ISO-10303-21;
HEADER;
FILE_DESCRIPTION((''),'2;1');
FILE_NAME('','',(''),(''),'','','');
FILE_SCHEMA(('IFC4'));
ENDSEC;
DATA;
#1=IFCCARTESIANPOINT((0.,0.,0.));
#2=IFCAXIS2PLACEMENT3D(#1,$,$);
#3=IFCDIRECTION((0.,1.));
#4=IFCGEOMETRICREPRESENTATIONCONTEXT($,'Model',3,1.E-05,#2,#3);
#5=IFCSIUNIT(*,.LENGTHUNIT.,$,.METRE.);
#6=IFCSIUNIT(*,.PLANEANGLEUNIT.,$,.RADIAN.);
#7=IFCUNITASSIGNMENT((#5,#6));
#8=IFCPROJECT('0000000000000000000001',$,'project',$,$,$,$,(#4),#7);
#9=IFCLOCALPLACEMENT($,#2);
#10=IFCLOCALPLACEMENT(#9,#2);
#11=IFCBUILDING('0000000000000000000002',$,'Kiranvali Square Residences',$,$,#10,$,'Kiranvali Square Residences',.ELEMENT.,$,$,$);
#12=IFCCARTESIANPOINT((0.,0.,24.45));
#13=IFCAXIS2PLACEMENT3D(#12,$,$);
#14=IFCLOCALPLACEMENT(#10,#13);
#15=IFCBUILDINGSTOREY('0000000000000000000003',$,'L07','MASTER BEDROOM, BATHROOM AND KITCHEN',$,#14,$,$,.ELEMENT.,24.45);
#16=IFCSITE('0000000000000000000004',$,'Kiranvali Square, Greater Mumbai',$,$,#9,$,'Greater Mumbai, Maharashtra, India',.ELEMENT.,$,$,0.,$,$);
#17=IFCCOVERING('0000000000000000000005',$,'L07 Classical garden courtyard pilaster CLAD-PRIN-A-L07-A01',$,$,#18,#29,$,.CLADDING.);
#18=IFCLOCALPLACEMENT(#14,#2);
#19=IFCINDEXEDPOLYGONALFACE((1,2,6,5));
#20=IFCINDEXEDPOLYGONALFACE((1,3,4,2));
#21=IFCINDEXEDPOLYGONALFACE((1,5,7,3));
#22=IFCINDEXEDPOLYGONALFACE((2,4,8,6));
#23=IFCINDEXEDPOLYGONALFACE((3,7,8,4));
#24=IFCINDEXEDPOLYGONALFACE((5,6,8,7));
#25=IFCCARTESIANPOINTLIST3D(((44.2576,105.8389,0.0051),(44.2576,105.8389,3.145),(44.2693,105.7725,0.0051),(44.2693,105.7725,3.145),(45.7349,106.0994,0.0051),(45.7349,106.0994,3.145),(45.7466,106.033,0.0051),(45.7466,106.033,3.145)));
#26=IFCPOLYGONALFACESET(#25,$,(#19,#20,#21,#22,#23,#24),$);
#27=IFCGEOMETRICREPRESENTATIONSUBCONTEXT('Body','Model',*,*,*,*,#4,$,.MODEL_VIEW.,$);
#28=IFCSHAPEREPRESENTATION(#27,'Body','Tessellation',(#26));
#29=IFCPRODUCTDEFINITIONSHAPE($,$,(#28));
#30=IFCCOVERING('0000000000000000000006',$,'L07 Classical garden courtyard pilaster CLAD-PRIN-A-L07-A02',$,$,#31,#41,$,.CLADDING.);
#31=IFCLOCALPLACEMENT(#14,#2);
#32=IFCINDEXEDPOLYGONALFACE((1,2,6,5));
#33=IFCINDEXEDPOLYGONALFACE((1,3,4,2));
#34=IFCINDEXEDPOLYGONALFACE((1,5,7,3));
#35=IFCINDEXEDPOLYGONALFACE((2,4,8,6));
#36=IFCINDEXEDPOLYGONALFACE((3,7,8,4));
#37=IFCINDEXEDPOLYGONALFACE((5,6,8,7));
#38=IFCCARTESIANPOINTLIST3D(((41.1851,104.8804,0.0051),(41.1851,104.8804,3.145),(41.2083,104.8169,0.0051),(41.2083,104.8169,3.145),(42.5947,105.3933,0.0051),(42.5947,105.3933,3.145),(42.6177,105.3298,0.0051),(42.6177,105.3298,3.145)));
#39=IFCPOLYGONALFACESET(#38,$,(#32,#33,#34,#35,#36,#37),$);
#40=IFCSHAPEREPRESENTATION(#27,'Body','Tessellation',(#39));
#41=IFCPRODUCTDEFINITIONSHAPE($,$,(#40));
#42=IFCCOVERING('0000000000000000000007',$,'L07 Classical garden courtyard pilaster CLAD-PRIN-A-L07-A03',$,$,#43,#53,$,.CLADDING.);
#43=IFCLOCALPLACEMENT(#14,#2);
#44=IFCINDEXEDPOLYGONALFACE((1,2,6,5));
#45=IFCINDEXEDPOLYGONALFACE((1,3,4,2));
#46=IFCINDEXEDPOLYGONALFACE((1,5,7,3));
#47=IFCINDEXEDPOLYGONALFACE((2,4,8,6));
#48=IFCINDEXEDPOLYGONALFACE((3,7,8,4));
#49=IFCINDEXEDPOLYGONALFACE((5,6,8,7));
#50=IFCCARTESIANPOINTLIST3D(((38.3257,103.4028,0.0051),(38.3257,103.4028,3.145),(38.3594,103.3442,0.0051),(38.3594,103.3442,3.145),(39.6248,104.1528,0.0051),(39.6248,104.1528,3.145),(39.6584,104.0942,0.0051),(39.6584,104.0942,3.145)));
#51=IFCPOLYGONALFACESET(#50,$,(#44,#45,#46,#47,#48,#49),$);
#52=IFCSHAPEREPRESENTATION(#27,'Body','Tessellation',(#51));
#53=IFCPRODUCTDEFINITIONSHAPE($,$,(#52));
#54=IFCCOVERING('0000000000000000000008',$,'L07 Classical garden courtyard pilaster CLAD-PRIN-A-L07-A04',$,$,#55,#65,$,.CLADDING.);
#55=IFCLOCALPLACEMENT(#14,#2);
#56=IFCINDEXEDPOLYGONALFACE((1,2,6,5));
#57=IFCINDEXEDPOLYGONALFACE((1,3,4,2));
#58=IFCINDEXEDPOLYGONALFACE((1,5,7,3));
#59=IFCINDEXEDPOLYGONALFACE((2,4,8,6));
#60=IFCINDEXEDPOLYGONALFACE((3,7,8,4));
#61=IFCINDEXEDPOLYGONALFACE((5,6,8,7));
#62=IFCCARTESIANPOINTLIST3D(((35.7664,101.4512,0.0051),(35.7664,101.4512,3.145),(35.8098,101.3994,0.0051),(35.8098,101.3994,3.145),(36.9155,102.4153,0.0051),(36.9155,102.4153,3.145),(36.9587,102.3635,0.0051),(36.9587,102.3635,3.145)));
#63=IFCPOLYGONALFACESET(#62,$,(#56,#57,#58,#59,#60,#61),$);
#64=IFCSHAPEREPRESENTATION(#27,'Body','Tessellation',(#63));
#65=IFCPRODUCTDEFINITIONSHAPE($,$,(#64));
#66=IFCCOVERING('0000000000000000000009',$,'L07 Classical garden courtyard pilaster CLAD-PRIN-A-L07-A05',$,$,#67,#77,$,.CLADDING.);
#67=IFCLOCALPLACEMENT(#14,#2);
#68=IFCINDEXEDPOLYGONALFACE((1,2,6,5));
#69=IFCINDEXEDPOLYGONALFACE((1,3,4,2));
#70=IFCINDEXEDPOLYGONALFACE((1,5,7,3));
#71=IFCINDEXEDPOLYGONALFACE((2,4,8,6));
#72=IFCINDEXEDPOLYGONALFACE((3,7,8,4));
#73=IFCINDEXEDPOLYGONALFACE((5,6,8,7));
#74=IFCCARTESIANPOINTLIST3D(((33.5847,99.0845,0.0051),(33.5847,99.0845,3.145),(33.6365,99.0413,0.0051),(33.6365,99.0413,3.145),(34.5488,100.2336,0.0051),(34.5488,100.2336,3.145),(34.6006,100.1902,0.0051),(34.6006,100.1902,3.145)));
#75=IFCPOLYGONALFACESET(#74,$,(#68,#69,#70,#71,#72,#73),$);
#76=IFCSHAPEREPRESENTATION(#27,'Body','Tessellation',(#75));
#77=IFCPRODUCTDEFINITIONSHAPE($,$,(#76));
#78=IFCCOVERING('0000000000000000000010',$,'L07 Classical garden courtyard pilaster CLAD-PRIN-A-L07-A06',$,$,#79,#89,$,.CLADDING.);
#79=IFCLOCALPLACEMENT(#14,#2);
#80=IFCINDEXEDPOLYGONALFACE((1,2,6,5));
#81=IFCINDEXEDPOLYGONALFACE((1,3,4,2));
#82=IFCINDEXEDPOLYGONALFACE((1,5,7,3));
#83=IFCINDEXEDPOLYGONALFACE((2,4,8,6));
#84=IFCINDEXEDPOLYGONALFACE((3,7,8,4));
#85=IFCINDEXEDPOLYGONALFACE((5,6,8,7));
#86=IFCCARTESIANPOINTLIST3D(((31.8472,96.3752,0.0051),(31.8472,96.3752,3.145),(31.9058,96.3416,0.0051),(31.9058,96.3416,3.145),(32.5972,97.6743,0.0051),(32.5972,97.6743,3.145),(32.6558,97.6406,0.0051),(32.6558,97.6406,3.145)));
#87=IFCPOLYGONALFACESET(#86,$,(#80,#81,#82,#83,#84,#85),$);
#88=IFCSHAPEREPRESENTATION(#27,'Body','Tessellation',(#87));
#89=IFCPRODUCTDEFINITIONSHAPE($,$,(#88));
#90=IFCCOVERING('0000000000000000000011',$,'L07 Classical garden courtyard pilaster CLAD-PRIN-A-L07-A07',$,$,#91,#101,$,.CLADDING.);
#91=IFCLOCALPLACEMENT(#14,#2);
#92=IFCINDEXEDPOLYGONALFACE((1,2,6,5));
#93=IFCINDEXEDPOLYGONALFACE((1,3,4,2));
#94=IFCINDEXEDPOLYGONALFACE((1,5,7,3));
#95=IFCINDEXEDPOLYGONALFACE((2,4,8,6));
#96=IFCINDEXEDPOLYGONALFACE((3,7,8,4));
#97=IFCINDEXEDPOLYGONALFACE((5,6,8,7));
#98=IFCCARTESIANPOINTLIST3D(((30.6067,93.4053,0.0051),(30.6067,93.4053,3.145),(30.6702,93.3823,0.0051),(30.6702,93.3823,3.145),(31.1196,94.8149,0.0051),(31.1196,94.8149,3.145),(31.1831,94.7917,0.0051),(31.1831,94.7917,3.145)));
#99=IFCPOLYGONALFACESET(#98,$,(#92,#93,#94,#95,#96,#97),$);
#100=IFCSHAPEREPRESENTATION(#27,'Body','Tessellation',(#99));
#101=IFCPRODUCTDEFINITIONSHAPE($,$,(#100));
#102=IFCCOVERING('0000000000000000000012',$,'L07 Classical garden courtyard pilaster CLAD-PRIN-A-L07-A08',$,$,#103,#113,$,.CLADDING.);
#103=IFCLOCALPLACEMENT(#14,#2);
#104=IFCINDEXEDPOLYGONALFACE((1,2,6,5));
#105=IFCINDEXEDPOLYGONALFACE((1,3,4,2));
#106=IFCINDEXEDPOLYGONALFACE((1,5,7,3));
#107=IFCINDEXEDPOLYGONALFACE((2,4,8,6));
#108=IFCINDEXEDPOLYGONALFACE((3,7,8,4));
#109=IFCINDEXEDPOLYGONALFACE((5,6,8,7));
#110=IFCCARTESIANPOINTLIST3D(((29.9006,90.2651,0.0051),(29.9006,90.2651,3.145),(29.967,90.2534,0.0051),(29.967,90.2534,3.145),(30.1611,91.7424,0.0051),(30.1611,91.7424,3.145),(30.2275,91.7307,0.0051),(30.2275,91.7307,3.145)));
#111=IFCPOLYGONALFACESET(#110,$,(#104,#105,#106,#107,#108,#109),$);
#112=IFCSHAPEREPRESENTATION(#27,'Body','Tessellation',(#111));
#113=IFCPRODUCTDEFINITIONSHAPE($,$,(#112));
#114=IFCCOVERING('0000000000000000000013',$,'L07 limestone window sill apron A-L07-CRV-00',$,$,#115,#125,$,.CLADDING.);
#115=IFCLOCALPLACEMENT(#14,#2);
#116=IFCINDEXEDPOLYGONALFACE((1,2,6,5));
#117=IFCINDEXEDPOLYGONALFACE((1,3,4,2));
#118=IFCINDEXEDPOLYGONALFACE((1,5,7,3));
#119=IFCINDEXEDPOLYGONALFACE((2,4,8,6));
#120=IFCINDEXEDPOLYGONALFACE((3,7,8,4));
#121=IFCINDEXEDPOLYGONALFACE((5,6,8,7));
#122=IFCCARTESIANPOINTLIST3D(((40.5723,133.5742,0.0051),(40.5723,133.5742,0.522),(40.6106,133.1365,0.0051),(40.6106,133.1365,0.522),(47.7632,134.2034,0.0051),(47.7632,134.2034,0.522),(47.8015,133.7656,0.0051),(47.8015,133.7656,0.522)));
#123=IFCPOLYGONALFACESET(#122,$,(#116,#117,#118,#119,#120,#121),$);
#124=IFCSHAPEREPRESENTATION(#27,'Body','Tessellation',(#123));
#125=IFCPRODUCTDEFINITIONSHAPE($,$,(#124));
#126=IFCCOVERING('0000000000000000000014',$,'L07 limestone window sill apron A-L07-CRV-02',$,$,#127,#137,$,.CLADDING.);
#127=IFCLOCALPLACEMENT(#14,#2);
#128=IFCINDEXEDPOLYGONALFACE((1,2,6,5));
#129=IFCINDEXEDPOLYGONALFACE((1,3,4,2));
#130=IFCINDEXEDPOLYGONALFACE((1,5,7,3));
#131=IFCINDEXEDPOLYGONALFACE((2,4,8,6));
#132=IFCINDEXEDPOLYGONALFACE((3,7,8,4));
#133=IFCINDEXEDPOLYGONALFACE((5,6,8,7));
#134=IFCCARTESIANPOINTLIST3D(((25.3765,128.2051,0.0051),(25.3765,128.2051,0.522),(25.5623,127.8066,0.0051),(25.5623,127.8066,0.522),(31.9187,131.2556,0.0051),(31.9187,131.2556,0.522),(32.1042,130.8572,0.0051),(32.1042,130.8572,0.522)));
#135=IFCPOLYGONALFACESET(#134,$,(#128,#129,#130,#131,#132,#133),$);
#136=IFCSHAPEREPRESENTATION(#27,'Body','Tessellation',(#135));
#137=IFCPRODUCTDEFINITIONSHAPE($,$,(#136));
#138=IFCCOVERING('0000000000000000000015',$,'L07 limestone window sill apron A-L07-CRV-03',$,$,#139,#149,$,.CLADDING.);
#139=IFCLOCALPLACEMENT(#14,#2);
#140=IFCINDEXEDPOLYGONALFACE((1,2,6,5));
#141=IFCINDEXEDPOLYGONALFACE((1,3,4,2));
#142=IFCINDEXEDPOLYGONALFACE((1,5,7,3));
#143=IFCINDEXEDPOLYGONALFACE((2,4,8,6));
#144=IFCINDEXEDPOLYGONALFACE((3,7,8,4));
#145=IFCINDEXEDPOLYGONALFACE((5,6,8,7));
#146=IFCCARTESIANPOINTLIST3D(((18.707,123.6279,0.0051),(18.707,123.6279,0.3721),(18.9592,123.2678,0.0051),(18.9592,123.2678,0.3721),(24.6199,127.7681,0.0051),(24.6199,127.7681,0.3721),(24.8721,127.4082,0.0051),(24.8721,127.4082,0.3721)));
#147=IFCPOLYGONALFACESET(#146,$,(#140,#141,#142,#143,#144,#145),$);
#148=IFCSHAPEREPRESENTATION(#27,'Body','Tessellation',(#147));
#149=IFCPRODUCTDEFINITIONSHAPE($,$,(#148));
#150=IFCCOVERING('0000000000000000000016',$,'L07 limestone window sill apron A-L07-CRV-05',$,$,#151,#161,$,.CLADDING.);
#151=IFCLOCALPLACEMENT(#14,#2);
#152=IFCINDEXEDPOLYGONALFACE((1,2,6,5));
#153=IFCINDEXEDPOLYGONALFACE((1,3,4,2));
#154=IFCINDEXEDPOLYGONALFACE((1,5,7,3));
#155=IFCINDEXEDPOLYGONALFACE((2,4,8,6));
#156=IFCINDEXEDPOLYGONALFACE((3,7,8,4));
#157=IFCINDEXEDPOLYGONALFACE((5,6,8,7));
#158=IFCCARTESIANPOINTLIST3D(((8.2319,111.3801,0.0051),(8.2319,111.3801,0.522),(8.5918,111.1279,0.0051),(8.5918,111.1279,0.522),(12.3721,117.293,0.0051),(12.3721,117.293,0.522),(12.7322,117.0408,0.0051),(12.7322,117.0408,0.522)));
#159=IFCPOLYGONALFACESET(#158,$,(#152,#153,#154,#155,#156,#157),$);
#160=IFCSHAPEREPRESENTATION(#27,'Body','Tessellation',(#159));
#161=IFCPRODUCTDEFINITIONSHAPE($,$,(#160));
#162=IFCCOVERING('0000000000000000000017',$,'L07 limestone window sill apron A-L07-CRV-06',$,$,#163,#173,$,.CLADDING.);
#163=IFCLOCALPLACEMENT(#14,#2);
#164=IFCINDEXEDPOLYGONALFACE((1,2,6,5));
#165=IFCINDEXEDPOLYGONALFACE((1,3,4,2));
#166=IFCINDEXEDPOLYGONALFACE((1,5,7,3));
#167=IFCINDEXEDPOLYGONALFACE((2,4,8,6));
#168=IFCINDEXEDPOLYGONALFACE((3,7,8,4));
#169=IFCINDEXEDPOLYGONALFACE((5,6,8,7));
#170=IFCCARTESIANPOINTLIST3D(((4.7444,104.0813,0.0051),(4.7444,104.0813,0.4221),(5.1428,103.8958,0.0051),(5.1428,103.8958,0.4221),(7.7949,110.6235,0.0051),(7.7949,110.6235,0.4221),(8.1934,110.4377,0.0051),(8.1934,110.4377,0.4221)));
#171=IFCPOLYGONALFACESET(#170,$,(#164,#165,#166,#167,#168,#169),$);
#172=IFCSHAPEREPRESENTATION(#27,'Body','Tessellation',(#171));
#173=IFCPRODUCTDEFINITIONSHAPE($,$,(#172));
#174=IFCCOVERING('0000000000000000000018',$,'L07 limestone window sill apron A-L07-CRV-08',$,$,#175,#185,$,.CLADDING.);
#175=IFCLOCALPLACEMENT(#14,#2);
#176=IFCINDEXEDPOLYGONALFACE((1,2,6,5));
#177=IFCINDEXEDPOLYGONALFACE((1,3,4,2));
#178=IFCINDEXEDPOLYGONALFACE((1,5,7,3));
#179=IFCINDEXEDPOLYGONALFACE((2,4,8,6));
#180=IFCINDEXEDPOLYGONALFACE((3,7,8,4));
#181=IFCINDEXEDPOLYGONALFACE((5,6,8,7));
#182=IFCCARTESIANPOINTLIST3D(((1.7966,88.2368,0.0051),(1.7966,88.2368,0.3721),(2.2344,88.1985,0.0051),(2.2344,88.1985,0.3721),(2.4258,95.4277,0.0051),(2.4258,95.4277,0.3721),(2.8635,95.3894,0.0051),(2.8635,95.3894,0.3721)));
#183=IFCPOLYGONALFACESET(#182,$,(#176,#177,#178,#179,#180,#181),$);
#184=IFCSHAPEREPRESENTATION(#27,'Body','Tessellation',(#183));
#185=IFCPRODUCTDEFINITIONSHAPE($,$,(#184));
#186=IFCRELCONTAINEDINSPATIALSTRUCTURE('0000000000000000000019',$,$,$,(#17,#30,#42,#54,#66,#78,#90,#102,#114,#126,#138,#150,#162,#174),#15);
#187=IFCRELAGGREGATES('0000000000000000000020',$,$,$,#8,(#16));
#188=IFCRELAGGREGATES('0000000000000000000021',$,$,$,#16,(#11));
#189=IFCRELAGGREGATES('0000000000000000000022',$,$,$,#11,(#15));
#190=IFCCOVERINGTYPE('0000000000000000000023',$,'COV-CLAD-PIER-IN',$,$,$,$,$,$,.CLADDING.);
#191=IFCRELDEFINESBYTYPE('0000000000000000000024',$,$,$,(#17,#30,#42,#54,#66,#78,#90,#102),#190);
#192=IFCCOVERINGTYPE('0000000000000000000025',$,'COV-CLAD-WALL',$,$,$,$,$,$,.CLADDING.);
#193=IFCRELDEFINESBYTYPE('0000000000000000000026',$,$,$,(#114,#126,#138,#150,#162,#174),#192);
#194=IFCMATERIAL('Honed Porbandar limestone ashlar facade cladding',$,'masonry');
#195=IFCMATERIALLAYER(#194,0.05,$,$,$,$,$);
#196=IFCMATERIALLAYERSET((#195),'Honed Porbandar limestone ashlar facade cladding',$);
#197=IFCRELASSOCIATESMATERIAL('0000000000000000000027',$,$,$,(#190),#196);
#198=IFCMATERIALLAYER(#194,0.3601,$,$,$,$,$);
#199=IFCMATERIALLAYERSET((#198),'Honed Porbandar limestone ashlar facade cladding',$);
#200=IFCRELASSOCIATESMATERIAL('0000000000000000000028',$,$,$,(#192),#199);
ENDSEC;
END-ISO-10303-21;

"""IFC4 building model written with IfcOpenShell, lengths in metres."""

from ifc_helpers import new_model, si_unit, direction, frame, origin, place, context, subcontext, project, spatial, polyline, outline, extrude, material, layer, layer_set, type_object, element, save


model = new_model("IFC4")

# Units and contexts
model_context = context("Model", 3, precision=1e-05, world=origin(), true_north=direction((0.0, 1.0)))
body_context = subcontext(model_context, "Body", "Model", "MODEL_VIEW")
ifc_project = project(units=[si_unit("LENGTHUNIT", "METRE"), si_unit("PLANEANGLEUNIT", "RADIAN")], contexts=[model_context])

# Site, building, storey
site_placement = place(None, origin())
site = spatial("IfcSite", under=ifc_project, at=site_placement, Name="Kiranvali Square, Greater Mumbai", LongName="Greater Mumbai, Maharashtra, India", CompositionType="ELEMENT", RefElevation=0.0)
building_placement = place(site_placement, origin())
building = spatial("IfcBuilding", under=site, at=building_placement, Name="Kiranvali Square Residences", LongName="Kiranvali Square Residences", CompositionType="ELEMENT")
storey_placement = place(building_placement, frame((0.0, 0.0, 24.45)))
storey = spatial("IfcBuildingStorey", under=building, at=storey_placement, Name="L07", Description="MASTER BEDROOM, BATHROOM AND KITCHEN", CompositionType="ELEMENT", Elevation=24.45)

# Coverings
ifc_material = material(Name="Honed Porbandar limestone ashlar facade cladding", Category="masonry")
ifc_layer_1 = layer(ifc_material, 0.05)
ifc_layer_set_1 = layer_set([ifc_layer_1], Name="Honed Porbandar limestone ashlar facade cladding")
covering_type_1 = type_object("IfcCoveringType", Name="COV-CLAD-PIER-IN", PredefinedType="CLADDING", material=ifc_layer_set_1)
covering_1_placement = place(storey_placement, frame((0.0, 0.0, 0.0051)))
element("IfcCovering", 1, at=covering_1_placement, inside=storey, type_object=covering_type_1, Name="L07 Classical garden courtyard pilaster CLAD-PRIN-A-L07-A01", PredefinedType="CLADDING", context=body_context, shape_type="SweptSolid", body=[
    extrude(outline(polyline([(44.2693, 105.7725), (45.7466, 106.033), (45.7349, 106.0994), (44.2576, 105.8389), (44.2693, 105.7725)])), origin(), (0.0, 0.0, 1.0), 3.1399),
])
covering_2_placement = place(storey_placement, frame((0.0, 0.0, 0.0051)))
element("IfcCovering", 2, at=covering_2_placement, inside=storey, type_object=covering_type_1, Name="L07 Classical garden courtyard pilaster CLAD-PRIN-A-L07-A02", PredefinedType="CLADDING", context=body_context, shape_type="SweptSolid", body=[
    extrude(outline(polyline([(41.2083, 104.8169), (42.6177, 105.3298), (42.5947, 105.3933), (41.1851, 104.8804), (41.2083, 104.8169)])), origin(), (0.0, 0.0, 1.0), 3.1399),
])
covering_3_placement = place(storey_placement, frame((0.0, 0.0, 0.0051)))
element("IfcCovering", 3, at=covering_3_placement, inside=storey, type_object=covering_type_1, Name="L07 Classical garden courtyard pilaster CLAD-PRIN-A-L07-A03", PredefinedType="CLADDING", context=body_context, shape_type="SweptSolid", body=[
    extrude(outline(polyline([(38.3594, 103.3442), (39.6584, 104.0942), (39.6248, 104.1528), (38.3257, 103.4028), (38.3594, 103.3442)])), origin(), (0.0, 0.0, 1.0), 3.1399),
])
covering_4_placement = place(storey_placement, frame((0.0, 0.0, 0.0051)))
element("IfcCovering", 4, at=covering_4_placement, inside=storey, type_object=covering_type_1, Name="L07 Classical garden courtyard pilaster CLAD-PRIN-A-L07-A04", PredefinedType="CLADDING", context=body_context, shape_type="SweptSolid", body=[
    extrude(outline(polyline([(35.8098, 101.3994), (36.9587, 102.3635), (36.9155, 102.4153), (35.7664, 101.4512), (35.8098, 101.3994)])), origin(), (0.0, 0.0, 1.0), 3.1399),
])
covering_5_placement = place(storey_placement, frame((0.0, 0.0, 0.0051)))
element("IfcCovering", 5, at=covering_5_placement, inside=storey, type_object=covering_type_1, Name="L07 Classical garden courtyard pilaster CLAD-PRIN-A-L07-A05", PredefinedType="CLADDING", context=body_context, shape_type="SweptSolid", body=[
    extrude(outline(polyline([(33.6365, 99.0413), (34.6006, 100.1902), (34.5488, 100.2336), (33.5847, 99.0845), (33.6365, 99.0413)])), origin(), (0.0, 0.0, 1.0), 3.1399),
])
covering_6_placement = place(storey_placement, frame((0.0, 0.0, 0.0051)))
element("IfcCovering", 6, at=covering_6_placement, inside=storey, type_object=covering_type_1, Name="L07 Classical garden courtyard pilaster CLAD-PRIN-A-L07-A06", PredefinedType="CLADDING", context=body_context, shape_type="SweptSolid", body=[
    extrude(outline(polyline([(31.9058, 96.3416), (32.6558, 97.6406), (32.5972, 97.6743), (31.8472, 96.3752), (31.9058, 96.3416)])), origin(), (0.0, 0.0, 1.0), 3.1399),
])
covering_7_placement = place(storey_placement, frame((0.0, 0.0, 0.0051)))
element("IfcCovering", 7, at=covering_7_placement, inside=storey, type_object=covering_type_1, Name="L07 Classical garden courtyard pilaster CLAD-PRIN-A-L07-A07", PredefinedType="CLADDING", context=body_context, shape_type="SweptSolid", body=[
    extrude(outline(polyline([(30.6702, 93.3823), (31.1831, 94.7917), (31.1196, 94.8149), (30.6067, 93.4053), (30.6702, 93.3823)])), origin(), (0.0, 0.0, 1.0), 3.1399),
])
covering_8_placement = place(storey_placement, frame((0.0, 0.0, 0.0051)))
element("IfcCovering", 8, at=covering_8_placement, inside=storey, type_object=covering_type_1, Name="L07 Classical garden courtyard pilaster CLAD-PRIN-A-L07-A08", PredefinedType="CLADDING", context=body_context, shape_type="SweptSolid", body=[
    extrude(outline(polyline([(29.967, 90.2534), (30.2275, 91.7307), (30.1611, 91.7424), (29.9006, 90.2651), (29.967, 90.2534)])), origin(), (0.0, 0.0, 1.0), 3.1399),
])
ifc_layer_2 = layer(ifc_material, 0.3601)
ifc_layer_set_2 = layer_set([ifc_layer_2], Name="Honed Porbandar limestone ashlar facade cladding")
covering_type_2 = type_object("IfcCoveringType", Name="COV-CLAD-WALL", PredefinedType="CLADDING", material=ifc_layer_set_2)
covering_9_placement = place(storey_placement, frame((0.0, 0.0, 0.0051)))
element("IfcCovering", 9, at=covering_9_placement, inside=storey, type_object=covering_type_2, Name="L07 limestone window sill apron A-L07-CRV-00", PredefinedType="CLADDING", context=body_context, shape_type="SweptSolid", body=[
    extrude(outline(polyline([(47.7632, 134.2034), (40.5723, 133.5742), (40.6106, 133.1365), (47.8015, 133.7656), (47.7632, 134.2034)])), origin(), (0.0, 0.0, 1.0), 0.5168),
])
covering_10_placement = place(storey_placement, frame((0.0, 0.0, 0.0051)))
element("IfcCovering", 10, at=covering_10_placement, inside=storey, type_object=covering_type_2, Name="L07 limestone window sill apron A-L07-CRV-02", PredefinedType="CLADDING", context=body_context, shape_type="SweptSolid", body=[
    extrude(outline(polyline([(31.9187, 131.2556), (25.3765, 128.2051), (25.5623, 127.8066), (32.1042, 130.8572), (31.9187, 131.2556)])), origin(), (0.0, 0.0, 1.0), 0.5168),
])
covering_11_placement = place(storey_placement, frame((0.0, 0.0, 0.0051)))
element("IfcCovering", 11, at=covering_11_placement, inside=storey, type_object=covering_type_2, Name="L07 limestone window sill apron A-L07-CRV-03", PredefinedType="CLADDING", context=body_context, shape_type="SweptSolid", body=[
    extrude(outline(polyline([(24.6199, 127.7681), (18.707, 123.6279), (18.9592, 123.2678), (24.8721, 127.4082), (24.6199, 127.7681)])), origin(), (0.0, 0.0, 1.0), 0.3669),
])
covering_12_placement = place(storey_placement, frame((0.0, 0.0, 0.0051)))
element("IfcCovering", 12, at=covering_12_placement, inside=storey, type_object=covering_type_2, Name="L07 limestone window sill apron A-L07-CRV-05", PredefinedType="CLADDING", context=body_context, shape_type="SweptSolid", body=[
    extrude(outline(polyline([(12.3721, 117.293), (8.2319, 111.3801), (8.5918, 111.1279), (12.7322, 117.0408), (12.3721, 117.293)])), origin(), (0.0, 0.0, 1.0), 0.5168),
])
covering_13_placement = place(storey_placement, frame((0.0, 0.0, 0.0051)))
element("IfcCovering", 13, at=covering_13_placement, inside=storey, type_object=covering_type_2, Name="L07 limestone window sill apron A-L07-CRV-06", PredefinedType="CLADDING", context=body_context, shape_type="SweptSolid", body=[
    extrude(outline(polyline([(7.7949, 110.6235), (4.7444, 104.0813), (5.1428, 103.8958), (8.1934, 110.4377), (7.7949, 110.6235)])), origin(), (0.0, 0.0, 1.0), 0.417),
])
covering_14_placement = place(storey_placement, frame((0.0, 0.0, 0.0051)))
element("IfcCovering", 14, at=covering_14_placement, inside=storey, type_object=covering_type_2, Name="L07 limestone window sill apron A-L07-CRV-08", PredefinedType="CLADDING", context=body_context, shape_type="SweptSolid", body=[
    extrude(outline(polyline([(2.4258, 95.4277), (1.7966, 88.2368), (2.2344, 88.1985), (2.8635, 95.3894), (2.4258, 95.4277)])), origin(), (0.0, 0.0, 1.0), 0.3669),
])

save(model, "model.ifc")
